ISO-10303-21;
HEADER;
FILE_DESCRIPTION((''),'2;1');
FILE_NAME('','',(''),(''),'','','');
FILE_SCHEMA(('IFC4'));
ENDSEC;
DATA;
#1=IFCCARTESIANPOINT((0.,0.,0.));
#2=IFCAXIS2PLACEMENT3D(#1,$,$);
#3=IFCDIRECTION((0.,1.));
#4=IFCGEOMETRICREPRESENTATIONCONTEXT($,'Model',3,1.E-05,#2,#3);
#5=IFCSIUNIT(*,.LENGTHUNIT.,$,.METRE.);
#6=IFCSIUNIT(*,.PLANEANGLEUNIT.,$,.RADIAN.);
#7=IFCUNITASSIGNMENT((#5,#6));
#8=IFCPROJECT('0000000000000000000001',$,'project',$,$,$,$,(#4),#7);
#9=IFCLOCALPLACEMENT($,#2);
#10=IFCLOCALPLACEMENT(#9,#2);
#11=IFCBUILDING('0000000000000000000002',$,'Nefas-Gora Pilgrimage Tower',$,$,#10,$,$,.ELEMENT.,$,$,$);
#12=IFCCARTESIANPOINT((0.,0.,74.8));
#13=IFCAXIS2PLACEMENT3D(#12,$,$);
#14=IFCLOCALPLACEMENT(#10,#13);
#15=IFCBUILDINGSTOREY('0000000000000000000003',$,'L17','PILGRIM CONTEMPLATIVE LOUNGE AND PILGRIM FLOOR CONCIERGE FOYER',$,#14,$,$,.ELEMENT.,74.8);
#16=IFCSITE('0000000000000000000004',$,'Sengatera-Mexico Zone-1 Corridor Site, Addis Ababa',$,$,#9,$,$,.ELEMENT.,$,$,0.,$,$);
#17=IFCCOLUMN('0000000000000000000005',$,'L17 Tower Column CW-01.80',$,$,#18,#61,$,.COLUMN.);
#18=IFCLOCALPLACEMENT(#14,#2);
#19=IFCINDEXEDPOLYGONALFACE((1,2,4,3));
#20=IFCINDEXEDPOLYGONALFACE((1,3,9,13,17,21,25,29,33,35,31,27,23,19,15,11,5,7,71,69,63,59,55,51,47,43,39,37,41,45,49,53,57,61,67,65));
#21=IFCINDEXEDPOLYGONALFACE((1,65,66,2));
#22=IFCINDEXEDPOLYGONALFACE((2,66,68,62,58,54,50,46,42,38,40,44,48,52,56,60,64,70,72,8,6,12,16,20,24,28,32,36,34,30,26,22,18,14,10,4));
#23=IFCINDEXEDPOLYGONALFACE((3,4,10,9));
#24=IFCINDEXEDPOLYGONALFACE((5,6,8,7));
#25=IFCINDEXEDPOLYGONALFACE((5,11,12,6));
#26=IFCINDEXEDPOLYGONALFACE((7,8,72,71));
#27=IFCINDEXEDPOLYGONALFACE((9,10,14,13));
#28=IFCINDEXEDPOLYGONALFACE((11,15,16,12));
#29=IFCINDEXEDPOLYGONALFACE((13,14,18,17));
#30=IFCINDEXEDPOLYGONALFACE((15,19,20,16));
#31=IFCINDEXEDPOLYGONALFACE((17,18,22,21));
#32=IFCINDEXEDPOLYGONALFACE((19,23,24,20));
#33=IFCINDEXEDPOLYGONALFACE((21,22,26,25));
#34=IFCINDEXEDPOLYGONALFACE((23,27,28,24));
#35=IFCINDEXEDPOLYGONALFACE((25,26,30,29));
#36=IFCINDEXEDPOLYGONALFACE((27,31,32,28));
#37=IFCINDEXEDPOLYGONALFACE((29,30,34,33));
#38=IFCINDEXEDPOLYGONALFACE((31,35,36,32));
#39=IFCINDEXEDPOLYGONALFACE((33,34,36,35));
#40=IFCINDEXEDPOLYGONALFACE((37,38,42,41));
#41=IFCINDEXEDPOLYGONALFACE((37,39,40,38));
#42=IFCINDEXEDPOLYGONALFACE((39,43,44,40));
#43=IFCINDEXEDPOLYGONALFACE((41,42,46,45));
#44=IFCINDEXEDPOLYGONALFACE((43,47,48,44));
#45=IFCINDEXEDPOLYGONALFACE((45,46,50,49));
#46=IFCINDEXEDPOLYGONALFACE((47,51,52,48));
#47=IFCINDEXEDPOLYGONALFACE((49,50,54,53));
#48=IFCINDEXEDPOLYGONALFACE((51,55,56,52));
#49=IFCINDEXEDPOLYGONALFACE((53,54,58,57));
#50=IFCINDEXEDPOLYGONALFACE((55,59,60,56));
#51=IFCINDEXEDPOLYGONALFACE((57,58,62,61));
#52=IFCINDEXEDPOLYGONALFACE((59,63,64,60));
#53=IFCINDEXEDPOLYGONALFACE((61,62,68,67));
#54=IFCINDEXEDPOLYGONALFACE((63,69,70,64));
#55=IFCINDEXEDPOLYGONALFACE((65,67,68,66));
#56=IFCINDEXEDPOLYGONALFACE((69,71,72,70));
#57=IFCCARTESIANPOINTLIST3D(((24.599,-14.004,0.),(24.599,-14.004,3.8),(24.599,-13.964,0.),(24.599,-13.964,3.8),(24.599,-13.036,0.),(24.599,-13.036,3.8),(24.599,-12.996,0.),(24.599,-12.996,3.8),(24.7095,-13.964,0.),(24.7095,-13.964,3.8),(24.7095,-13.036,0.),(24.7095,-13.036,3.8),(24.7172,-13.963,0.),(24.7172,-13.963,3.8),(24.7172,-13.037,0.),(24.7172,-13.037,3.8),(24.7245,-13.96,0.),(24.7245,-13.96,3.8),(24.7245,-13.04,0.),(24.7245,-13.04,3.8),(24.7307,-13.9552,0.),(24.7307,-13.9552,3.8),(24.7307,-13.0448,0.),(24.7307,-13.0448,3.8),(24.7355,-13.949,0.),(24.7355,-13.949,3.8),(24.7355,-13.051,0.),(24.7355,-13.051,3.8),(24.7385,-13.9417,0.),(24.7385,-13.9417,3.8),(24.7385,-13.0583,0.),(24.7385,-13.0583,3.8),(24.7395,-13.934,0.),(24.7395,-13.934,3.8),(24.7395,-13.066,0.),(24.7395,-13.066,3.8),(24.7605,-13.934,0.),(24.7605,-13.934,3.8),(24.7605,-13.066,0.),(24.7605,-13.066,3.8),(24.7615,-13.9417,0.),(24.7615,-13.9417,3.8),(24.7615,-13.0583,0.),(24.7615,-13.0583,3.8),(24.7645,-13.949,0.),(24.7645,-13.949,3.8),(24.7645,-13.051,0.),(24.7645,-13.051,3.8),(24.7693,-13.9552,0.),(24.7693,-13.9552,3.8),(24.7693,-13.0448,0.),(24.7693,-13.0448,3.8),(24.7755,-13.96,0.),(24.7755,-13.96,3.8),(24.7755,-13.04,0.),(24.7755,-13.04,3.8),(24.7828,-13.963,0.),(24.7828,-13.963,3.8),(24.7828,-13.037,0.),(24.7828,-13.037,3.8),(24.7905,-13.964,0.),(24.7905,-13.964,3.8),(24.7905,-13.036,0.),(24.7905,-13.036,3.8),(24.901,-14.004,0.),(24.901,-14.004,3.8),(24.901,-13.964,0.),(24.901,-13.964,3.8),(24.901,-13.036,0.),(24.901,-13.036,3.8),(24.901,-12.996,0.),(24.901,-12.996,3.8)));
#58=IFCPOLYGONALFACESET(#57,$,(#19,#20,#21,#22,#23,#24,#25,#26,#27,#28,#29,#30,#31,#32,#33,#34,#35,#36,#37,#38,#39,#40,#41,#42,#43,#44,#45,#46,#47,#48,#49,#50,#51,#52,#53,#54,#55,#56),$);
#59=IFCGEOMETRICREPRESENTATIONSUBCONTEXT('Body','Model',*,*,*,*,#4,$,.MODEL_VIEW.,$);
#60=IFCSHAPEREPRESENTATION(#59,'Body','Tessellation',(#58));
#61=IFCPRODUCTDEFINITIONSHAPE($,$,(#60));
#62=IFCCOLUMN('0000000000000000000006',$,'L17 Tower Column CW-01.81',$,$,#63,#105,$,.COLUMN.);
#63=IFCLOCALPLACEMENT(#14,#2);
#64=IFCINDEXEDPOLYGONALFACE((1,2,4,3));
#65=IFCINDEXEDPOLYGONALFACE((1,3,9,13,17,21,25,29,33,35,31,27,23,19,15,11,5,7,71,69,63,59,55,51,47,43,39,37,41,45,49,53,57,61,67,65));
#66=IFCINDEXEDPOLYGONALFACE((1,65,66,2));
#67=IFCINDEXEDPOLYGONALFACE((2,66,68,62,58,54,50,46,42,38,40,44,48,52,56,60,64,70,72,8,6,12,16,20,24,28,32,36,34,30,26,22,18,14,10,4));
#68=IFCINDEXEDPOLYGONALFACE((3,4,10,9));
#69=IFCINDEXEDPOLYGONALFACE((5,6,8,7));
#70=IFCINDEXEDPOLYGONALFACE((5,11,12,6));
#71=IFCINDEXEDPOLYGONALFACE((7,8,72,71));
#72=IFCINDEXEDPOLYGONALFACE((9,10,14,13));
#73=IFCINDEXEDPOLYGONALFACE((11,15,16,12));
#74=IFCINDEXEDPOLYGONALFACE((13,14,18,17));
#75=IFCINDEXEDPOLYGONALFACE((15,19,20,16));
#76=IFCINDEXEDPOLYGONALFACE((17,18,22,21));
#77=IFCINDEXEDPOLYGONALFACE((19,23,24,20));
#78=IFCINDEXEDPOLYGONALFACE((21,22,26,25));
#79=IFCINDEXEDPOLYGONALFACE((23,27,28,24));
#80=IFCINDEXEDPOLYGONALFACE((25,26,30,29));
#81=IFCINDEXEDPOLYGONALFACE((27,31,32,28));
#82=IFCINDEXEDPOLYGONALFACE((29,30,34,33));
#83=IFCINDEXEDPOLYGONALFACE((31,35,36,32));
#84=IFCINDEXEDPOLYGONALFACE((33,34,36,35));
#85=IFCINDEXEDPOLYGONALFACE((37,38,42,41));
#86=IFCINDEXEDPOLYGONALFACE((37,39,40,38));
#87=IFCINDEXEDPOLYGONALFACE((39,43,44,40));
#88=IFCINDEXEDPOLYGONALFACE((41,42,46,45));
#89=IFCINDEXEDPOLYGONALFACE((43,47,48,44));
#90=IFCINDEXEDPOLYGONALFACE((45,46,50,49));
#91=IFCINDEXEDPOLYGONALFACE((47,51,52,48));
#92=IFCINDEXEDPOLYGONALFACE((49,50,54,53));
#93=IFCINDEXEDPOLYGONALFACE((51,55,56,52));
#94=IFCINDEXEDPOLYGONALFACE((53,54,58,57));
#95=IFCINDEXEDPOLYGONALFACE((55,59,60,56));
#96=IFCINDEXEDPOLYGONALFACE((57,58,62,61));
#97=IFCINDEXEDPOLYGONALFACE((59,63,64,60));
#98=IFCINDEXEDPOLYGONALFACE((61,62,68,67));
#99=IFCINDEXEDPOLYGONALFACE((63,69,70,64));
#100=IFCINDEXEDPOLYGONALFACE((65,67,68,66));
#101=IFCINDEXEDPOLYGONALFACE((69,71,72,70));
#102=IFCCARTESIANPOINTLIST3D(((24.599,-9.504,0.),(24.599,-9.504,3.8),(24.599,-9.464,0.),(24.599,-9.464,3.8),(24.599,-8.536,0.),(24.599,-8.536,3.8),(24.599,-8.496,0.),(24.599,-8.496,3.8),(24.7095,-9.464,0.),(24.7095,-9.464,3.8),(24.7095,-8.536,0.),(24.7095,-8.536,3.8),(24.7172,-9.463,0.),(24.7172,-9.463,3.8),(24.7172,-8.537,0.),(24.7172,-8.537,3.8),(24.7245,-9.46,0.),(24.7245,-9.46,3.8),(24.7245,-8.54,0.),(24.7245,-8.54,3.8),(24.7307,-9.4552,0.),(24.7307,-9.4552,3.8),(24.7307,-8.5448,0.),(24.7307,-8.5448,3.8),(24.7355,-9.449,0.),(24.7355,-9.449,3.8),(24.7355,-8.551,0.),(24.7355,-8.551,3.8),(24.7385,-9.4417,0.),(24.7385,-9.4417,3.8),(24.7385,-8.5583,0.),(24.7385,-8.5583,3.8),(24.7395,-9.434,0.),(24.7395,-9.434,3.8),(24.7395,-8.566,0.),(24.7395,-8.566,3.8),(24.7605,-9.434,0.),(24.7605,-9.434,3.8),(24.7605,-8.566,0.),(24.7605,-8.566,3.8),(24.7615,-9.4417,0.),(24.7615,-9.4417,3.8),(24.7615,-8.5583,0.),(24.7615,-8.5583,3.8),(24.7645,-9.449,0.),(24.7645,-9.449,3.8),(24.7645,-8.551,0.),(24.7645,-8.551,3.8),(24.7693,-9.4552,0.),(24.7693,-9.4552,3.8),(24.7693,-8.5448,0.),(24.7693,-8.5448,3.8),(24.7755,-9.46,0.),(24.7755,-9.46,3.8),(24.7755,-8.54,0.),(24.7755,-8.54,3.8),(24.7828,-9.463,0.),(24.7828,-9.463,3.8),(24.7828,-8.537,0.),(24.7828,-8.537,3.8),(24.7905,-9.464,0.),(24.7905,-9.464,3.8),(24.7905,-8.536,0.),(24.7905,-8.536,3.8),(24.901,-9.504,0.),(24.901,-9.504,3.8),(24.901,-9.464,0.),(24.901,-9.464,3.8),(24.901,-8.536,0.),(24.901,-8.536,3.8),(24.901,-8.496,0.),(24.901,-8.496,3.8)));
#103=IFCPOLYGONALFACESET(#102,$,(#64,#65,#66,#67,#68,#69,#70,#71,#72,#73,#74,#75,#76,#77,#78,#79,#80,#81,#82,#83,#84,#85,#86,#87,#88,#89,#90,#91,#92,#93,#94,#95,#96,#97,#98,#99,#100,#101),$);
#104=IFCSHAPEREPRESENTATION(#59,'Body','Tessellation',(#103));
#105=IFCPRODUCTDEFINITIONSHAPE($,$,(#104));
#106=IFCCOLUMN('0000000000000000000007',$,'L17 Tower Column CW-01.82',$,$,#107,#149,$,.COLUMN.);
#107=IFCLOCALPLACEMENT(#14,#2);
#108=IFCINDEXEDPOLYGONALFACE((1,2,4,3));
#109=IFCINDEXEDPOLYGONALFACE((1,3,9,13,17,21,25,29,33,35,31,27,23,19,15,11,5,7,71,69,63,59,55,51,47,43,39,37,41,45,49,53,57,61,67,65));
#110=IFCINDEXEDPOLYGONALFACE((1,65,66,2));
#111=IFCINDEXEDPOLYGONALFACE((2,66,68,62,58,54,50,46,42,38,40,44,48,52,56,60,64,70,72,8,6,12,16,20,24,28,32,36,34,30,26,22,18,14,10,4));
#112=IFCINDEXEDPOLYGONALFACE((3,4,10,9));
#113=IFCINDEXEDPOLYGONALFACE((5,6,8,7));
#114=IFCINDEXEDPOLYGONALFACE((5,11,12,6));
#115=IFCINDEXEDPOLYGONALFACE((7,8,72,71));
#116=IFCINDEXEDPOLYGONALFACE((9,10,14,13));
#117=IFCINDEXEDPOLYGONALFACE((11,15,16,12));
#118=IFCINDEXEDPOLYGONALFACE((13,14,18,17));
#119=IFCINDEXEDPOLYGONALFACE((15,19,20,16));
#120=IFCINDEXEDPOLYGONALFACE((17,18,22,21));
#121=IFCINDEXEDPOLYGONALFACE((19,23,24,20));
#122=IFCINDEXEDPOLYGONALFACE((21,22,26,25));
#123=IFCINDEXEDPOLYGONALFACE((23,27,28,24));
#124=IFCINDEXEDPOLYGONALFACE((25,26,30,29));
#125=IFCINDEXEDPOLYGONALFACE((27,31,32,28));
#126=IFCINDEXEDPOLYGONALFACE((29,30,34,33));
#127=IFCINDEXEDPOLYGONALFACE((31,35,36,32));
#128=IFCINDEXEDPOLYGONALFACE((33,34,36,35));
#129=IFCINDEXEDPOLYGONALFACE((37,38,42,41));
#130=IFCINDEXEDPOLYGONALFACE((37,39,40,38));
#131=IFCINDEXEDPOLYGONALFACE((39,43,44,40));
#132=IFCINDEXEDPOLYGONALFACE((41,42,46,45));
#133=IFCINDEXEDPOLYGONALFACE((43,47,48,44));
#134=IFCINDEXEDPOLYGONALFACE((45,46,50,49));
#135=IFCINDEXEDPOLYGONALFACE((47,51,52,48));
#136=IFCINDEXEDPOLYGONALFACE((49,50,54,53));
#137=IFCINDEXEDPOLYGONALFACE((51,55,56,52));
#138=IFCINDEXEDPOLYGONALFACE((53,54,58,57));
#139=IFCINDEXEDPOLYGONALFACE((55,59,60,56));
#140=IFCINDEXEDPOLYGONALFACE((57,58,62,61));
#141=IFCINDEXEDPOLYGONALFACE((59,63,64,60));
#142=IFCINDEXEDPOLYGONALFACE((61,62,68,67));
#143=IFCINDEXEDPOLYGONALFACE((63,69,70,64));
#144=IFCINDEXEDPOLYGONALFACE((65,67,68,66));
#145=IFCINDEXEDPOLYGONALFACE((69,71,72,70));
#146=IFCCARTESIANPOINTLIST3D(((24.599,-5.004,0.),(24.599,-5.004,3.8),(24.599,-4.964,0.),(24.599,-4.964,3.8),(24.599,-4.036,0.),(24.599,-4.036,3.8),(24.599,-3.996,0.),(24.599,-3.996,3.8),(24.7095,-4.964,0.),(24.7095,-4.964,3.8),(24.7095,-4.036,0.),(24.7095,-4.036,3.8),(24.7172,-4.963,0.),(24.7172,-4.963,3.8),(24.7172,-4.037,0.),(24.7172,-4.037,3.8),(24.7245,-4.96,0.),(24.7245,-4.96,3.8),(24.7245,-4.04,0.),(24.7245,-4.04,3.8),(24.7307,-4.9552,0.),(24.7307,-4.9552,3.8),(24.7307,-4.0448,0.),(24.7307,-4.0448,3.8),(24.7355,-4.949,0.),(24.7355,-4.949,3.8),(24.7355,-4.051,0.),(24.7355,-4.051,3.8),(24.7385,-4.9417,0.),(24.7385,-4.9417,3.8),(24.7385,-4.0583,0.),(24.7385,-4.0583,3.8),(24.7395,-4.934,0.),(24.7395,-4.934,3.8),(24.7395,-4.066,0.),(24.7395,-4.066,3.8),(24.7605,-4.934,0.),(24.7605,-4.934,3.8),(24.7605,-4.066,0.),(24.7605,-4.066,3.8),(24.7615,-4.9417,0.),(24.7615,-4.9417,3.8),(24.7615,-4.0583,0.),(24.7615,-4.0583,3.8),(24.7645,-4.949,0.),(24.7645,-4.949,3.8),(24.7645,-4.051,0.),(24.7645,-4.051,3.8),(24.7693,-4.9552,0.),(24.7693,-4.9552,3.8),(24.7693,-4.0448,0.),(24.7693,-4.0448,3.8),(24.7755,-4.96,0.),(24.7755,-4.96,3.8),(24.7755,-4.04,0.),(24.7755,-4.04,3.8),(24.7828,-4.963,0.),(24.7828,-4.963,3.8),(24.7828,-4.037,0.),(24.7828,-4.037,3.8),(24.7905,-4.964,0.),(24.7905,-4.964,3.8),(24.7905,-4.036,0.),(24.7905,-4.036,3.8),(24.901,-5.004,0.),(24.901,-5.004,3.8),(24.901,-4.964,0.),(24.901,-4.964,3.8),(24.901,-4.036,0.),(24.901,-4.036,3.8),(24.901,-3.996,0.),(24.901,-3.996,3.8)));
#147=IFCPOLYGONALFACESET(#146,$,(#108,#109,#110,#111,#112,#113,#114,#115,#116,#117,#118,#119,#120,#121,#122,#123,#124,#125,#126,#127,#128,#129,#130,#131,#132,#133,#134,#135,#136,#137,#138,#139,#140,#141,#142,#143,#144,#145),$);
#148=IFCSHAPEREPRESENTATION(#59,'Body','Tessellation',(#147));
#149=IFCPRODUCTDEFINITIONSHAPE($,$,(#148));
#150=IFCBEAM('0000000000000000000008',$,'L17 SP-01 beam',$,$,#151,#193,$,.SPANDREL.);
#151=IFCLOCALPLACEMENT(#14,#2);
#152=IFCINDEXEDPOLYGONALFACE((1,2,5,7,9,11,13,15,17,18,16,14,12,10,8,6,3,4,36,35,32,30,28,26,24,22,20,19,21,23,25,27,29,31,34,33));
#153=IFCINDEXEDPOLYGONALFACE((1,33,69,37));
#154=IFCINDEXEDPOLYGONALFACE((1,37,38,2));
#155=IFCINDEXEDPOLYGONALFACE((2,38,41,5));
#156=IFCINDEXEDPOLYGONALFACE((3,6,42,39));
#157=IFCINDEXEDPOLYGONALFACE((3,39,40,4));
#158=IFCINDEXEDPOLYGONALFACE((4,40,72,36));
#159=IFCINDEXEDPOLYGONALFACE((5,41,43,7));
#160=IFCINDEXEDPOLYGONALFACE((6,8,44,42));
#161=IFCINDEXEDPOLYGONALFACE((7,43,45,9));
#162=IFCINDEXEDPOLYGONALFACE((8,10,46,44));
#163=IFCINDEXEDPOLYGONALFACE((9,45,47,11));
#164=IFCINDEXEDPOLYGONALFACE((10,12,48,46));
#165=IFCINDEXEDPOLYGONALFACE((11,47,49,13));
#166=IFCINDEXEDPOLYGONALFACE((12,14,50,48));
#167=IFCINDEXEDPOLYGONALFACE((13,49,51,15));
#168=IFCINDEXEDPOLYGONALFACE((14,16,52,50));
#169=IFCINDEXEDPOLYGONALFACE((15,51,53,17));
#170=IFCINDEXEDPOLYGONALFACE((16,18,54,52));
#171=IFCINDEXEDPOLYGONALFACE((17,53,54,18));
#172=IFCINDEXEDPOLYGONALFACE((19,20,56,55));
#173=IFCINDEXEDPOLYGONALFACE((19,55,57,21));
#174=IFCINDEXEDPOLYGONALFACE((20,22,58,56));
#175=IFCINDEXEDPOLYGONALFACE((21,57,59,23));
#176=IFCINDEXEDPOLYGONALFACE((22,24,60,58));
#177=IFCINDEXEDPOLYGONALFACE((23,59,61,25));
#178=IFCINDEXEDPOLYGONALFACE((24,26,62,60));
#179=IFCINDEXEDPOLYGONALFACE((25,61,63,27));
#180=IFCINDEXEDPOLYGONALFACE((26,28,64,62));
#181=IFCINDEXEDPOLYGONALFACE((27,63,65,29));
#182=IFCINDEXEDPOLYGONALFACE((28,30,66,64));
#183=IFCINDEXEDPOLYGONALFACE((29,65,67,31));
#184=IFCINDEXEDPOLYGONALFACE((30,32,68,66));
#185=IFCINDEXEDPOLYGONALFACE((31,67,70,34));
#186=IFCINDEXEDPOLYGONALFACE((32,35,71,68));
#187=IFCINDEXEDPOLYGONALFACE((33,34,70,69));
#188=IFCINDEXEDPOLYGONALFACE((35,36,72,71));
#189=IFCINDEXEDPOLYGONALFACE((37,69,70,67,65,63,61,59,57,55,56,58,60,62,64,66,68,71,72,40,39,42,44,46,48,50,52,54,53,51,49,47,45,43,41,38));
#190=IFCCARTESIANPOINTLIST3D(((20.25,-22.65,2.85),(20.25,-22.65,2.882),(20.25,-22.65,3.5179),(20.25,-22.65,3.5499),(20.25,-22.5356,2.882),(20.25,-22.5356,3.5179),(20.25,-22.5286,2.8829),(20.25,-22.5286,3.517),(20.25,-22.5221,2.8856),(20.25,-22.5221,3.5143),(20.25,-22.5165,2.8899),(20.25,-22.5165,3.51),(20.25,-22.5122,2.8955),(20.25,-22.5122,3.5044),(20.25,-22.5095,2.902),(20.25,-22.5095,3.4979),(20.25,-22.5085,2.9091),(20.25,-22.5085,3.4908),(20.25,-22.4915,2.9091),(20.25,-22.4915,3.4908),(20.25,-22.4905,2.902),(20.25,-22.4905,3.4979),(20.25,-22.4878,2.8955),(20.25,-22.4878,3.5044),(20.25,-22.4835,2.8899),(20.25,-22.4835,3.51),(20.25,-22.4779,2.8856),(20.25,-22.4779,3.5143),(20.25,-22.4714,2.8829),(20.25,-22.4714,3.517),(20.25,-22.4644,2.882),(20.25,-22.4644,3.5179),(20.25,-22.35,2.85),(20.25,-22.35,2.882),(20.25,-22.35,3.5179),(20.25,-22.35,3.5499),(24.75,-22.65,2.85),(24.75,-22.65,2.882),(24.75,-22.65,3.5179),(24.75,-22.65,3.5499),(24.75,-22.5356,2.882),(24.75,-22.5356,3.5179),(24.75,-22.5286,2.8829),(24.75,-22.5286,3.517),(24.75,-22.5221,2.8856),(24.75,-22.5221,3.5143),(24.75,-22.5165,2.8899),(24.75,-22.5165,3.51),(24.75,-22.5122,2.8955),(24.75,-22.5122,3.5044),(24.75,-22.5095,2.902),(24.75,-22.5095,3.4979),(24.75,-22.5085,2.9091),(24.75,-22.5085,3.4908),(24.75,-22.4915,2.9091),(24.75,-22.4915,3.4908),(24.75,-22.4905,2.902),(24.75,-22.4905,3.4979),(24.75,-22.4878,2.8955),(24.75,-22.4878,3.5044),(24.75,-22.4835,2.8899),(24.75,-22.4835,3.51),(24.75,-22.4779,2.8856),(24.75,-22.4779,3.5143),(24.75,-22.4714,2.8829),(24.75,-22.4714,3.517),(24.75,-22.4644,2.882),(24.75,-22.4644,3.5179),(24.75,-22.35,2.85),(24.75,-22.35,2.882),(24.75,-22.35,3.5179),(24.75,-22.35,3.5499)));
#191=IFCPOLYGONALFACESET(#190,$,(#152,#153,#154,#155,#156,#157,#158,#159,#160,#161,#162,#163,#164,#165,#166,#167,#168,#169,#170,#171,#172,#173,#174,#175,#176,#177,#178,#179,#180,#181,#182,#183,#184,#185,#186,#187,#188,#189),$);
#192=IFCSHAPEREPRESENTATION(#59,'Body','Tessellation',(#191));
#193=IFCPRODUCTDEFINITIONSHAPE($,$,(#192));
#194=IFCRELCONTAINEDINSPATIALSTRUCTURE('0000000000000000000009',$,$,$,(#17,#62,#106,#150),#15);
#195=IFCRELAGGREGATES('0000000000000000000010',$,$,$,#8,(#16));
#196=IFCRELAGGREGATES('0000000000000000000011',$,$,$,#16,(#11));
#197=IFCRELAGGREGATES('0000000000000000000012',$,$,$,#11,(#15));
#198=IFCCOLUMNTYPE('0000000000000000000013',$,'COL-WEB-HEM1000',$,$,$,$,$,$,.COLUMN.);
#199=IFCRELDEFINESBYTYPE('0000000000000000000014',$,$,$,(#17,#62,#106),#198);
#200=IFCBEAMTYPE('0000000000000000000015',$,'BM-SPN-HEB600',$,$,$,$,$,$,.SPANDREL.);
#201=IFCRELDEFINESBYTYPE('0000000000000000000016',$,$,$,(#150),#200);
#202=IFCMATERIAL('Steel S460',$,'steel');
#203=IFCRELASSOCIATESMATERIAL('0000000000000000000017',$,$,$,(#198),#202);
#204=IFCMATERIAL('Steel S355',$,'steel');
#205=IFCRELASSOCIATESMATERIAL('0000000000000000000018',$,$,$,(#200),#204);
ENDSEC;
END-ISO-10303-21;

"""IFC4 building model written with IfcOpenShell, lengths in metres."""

from ifc_helpers import new_model, si_unit, direction, frame, origin, origin_2d, place, context, subcontext, project, spatial, i_section, extrude, source, transform, mapped, material, material_profile, profile_set, type_object, element, save


model = new_model("IFC4")

# Units and contexts
model_context = context("Model", 3, precision=1e-05, world=origin(), true_north=direction((0.0, 1.0)))
body_context = subcontext(model_context, "Body", "Model", "MODEL_VIEW")
ifc_project = project(units=[si_unit("LENGTHUNIT", "METRE"), si_unit("PLANEANGLEUNIT", "RADIAN")], contexts=[model_context])

# Site, building, storey
site_placement = place(None, origin())
site = spatial("IfcSite", under=ifc_project, at=site_placement, Name="Sengatera-Mexico Zone-1 Corridor Site, Addis Ababa", CompositionType="ELEMENT", RefElevation=0.0)
building_placement = place(site_placement, origin())
building = spatial("IfcBuilding", under=site, at=building_placement, Name="Nefas-Gora Pilgrimage Tower", CompositionType="ELEMENT")
storey_placement = place(building_placement, frame((0.0, 0.0, 74.8)))
storey = spatial("IfcBuildingStorey", under=building, at=storey_placement, Name="L17", Description="PILGRIM CONTEMPLATIVE LOUNGE AND PILGRIM FLOOR CONCIERGE FOYER", CompositionType="ELEMENT", Elevation=74.8)

# Columns
ifc_material_1 = material(Name="Steel S460", Category="steel")
ifc_material_profile_1 = material_profile(ifc_material_1, i_section(OverallWidth=0.302, OverallDepth=1.0081, WebThickness=0.021, FlangeThickness=0.04, FilletRadius=0.03, at=origin_2d()), Name="HEM 1000")
ifc_profile_set_1 = profile_set([ifc_material_profile_1], Name="Steel S460")
column_type_1 = type_object("IfcColumnType", Name="COL-WEB-HEM1000", PredefinedType="COLUMN", material=ifc_profile_set_1)
shared_shape_1 = source(origin(), body_context, "Body", "SweptSolid", [
    extrude(i_section(OverallWidth=0.302, OverallDepth=1.0081, WebThickness=0.021, FlangeThickness=0.04, FilletRadius=0.03, at=origin_2d()), origin(), (0.0, 0.0, 1.0), 3.8),
])
for number, where, z_axis, x_axis, name in (
    (1, (24.75, -13.5, 0.0), (0.0, 0.0, 1.0), (1.0, 0.0, 0.0), "L17 Tower Column CW-01.80"),
    (2, (24.75, -9.0, 0.0), (0.0, 0.0, 1.0), (1.0, 0.0, 0.0), "L17 Tower Column CW-01.81"),
    (3, (24.75, -4.5, 0.0), (0.0, 0.0, 1.0), (1.0, 0.0, 0.0), "L17 Tower Column CW-01.82"),
):
    element("IfcColumn", number, at=place(storey_placement, frame(where, z_axis=z_axis, x_axis=x_axis)), inside=storey, type_object=column_type_1, Name=name, PredefinedType="COLUMN", context=body_context, shape_type="MappedRepresentation", body=[
        mapped(shared_shape_1, transform((0.0, 0.0, 0.0), x_axis=(1.0, 0.0, 0.0), y_axis=(0.0, 1.0, 0.0), z_axis=(0.0, 0.0, 1.0), scale=1.0)),
    ])

# Beam
ifc_material_2 = material(Name="Steel S355", Category="steel")
ifc_material_profile_2 = material_profile(ifc_material_2, i_section(OverallWidth=0.3, OverallDepth=0.7, WebThickness=0.0171, FlangeThickness=0.032, FilletRadius=0.0271, at=origin_2d()), Name="HEB 700")
ifc_profile_set_2 = profile_set([ifc_material_profile_2], Name="Steel S355")
beam_type_1 = type_object("IfcBeamType", Name="BM-SPN-HEB600", PredefinedType="SPANDREL", material=ifc_profile_set_2)
shared_shape_2 = source(origin(), body_context, "Body", "SweptSolid", [
    extrude(i_section(OverallWidth=0.3, OverallDepth=0.7, WebThickness=0.0171, FlangeThickness=0.032, FilletRadius=0.0271, at=origin_2d()), origin(), (0.0, 0.0, 1.0), 4.5),
])
for number, where, z_axis, x_axis, name in (
    (4, (20.25, -22.5, 3.2), (1.0, 0.0, 0.0), (0.0, 1.0, 0.0), "L17 SP-01 beam"),
):
    element("IfcBeam", number, at=place(storey_placement, frame(where, z_axis=z_axis, x_axis=x_axis)), inside=storey, type_object=beam_type_1, Name=name, PredefinedType="SPANDREL", context=body_context, shape_type="MappedRepresentation", body=[
        mapped(shared_shape_2, transform((0.0, 0.0, 0.0), x_axis=(1.0, 0.0, 0.0), y_axis=(0.0, 1.0, 0.0), z_axis=(0.0, 0.0, 1.0), scale=1.0)),
    ])

save(model, "model.ifc")
